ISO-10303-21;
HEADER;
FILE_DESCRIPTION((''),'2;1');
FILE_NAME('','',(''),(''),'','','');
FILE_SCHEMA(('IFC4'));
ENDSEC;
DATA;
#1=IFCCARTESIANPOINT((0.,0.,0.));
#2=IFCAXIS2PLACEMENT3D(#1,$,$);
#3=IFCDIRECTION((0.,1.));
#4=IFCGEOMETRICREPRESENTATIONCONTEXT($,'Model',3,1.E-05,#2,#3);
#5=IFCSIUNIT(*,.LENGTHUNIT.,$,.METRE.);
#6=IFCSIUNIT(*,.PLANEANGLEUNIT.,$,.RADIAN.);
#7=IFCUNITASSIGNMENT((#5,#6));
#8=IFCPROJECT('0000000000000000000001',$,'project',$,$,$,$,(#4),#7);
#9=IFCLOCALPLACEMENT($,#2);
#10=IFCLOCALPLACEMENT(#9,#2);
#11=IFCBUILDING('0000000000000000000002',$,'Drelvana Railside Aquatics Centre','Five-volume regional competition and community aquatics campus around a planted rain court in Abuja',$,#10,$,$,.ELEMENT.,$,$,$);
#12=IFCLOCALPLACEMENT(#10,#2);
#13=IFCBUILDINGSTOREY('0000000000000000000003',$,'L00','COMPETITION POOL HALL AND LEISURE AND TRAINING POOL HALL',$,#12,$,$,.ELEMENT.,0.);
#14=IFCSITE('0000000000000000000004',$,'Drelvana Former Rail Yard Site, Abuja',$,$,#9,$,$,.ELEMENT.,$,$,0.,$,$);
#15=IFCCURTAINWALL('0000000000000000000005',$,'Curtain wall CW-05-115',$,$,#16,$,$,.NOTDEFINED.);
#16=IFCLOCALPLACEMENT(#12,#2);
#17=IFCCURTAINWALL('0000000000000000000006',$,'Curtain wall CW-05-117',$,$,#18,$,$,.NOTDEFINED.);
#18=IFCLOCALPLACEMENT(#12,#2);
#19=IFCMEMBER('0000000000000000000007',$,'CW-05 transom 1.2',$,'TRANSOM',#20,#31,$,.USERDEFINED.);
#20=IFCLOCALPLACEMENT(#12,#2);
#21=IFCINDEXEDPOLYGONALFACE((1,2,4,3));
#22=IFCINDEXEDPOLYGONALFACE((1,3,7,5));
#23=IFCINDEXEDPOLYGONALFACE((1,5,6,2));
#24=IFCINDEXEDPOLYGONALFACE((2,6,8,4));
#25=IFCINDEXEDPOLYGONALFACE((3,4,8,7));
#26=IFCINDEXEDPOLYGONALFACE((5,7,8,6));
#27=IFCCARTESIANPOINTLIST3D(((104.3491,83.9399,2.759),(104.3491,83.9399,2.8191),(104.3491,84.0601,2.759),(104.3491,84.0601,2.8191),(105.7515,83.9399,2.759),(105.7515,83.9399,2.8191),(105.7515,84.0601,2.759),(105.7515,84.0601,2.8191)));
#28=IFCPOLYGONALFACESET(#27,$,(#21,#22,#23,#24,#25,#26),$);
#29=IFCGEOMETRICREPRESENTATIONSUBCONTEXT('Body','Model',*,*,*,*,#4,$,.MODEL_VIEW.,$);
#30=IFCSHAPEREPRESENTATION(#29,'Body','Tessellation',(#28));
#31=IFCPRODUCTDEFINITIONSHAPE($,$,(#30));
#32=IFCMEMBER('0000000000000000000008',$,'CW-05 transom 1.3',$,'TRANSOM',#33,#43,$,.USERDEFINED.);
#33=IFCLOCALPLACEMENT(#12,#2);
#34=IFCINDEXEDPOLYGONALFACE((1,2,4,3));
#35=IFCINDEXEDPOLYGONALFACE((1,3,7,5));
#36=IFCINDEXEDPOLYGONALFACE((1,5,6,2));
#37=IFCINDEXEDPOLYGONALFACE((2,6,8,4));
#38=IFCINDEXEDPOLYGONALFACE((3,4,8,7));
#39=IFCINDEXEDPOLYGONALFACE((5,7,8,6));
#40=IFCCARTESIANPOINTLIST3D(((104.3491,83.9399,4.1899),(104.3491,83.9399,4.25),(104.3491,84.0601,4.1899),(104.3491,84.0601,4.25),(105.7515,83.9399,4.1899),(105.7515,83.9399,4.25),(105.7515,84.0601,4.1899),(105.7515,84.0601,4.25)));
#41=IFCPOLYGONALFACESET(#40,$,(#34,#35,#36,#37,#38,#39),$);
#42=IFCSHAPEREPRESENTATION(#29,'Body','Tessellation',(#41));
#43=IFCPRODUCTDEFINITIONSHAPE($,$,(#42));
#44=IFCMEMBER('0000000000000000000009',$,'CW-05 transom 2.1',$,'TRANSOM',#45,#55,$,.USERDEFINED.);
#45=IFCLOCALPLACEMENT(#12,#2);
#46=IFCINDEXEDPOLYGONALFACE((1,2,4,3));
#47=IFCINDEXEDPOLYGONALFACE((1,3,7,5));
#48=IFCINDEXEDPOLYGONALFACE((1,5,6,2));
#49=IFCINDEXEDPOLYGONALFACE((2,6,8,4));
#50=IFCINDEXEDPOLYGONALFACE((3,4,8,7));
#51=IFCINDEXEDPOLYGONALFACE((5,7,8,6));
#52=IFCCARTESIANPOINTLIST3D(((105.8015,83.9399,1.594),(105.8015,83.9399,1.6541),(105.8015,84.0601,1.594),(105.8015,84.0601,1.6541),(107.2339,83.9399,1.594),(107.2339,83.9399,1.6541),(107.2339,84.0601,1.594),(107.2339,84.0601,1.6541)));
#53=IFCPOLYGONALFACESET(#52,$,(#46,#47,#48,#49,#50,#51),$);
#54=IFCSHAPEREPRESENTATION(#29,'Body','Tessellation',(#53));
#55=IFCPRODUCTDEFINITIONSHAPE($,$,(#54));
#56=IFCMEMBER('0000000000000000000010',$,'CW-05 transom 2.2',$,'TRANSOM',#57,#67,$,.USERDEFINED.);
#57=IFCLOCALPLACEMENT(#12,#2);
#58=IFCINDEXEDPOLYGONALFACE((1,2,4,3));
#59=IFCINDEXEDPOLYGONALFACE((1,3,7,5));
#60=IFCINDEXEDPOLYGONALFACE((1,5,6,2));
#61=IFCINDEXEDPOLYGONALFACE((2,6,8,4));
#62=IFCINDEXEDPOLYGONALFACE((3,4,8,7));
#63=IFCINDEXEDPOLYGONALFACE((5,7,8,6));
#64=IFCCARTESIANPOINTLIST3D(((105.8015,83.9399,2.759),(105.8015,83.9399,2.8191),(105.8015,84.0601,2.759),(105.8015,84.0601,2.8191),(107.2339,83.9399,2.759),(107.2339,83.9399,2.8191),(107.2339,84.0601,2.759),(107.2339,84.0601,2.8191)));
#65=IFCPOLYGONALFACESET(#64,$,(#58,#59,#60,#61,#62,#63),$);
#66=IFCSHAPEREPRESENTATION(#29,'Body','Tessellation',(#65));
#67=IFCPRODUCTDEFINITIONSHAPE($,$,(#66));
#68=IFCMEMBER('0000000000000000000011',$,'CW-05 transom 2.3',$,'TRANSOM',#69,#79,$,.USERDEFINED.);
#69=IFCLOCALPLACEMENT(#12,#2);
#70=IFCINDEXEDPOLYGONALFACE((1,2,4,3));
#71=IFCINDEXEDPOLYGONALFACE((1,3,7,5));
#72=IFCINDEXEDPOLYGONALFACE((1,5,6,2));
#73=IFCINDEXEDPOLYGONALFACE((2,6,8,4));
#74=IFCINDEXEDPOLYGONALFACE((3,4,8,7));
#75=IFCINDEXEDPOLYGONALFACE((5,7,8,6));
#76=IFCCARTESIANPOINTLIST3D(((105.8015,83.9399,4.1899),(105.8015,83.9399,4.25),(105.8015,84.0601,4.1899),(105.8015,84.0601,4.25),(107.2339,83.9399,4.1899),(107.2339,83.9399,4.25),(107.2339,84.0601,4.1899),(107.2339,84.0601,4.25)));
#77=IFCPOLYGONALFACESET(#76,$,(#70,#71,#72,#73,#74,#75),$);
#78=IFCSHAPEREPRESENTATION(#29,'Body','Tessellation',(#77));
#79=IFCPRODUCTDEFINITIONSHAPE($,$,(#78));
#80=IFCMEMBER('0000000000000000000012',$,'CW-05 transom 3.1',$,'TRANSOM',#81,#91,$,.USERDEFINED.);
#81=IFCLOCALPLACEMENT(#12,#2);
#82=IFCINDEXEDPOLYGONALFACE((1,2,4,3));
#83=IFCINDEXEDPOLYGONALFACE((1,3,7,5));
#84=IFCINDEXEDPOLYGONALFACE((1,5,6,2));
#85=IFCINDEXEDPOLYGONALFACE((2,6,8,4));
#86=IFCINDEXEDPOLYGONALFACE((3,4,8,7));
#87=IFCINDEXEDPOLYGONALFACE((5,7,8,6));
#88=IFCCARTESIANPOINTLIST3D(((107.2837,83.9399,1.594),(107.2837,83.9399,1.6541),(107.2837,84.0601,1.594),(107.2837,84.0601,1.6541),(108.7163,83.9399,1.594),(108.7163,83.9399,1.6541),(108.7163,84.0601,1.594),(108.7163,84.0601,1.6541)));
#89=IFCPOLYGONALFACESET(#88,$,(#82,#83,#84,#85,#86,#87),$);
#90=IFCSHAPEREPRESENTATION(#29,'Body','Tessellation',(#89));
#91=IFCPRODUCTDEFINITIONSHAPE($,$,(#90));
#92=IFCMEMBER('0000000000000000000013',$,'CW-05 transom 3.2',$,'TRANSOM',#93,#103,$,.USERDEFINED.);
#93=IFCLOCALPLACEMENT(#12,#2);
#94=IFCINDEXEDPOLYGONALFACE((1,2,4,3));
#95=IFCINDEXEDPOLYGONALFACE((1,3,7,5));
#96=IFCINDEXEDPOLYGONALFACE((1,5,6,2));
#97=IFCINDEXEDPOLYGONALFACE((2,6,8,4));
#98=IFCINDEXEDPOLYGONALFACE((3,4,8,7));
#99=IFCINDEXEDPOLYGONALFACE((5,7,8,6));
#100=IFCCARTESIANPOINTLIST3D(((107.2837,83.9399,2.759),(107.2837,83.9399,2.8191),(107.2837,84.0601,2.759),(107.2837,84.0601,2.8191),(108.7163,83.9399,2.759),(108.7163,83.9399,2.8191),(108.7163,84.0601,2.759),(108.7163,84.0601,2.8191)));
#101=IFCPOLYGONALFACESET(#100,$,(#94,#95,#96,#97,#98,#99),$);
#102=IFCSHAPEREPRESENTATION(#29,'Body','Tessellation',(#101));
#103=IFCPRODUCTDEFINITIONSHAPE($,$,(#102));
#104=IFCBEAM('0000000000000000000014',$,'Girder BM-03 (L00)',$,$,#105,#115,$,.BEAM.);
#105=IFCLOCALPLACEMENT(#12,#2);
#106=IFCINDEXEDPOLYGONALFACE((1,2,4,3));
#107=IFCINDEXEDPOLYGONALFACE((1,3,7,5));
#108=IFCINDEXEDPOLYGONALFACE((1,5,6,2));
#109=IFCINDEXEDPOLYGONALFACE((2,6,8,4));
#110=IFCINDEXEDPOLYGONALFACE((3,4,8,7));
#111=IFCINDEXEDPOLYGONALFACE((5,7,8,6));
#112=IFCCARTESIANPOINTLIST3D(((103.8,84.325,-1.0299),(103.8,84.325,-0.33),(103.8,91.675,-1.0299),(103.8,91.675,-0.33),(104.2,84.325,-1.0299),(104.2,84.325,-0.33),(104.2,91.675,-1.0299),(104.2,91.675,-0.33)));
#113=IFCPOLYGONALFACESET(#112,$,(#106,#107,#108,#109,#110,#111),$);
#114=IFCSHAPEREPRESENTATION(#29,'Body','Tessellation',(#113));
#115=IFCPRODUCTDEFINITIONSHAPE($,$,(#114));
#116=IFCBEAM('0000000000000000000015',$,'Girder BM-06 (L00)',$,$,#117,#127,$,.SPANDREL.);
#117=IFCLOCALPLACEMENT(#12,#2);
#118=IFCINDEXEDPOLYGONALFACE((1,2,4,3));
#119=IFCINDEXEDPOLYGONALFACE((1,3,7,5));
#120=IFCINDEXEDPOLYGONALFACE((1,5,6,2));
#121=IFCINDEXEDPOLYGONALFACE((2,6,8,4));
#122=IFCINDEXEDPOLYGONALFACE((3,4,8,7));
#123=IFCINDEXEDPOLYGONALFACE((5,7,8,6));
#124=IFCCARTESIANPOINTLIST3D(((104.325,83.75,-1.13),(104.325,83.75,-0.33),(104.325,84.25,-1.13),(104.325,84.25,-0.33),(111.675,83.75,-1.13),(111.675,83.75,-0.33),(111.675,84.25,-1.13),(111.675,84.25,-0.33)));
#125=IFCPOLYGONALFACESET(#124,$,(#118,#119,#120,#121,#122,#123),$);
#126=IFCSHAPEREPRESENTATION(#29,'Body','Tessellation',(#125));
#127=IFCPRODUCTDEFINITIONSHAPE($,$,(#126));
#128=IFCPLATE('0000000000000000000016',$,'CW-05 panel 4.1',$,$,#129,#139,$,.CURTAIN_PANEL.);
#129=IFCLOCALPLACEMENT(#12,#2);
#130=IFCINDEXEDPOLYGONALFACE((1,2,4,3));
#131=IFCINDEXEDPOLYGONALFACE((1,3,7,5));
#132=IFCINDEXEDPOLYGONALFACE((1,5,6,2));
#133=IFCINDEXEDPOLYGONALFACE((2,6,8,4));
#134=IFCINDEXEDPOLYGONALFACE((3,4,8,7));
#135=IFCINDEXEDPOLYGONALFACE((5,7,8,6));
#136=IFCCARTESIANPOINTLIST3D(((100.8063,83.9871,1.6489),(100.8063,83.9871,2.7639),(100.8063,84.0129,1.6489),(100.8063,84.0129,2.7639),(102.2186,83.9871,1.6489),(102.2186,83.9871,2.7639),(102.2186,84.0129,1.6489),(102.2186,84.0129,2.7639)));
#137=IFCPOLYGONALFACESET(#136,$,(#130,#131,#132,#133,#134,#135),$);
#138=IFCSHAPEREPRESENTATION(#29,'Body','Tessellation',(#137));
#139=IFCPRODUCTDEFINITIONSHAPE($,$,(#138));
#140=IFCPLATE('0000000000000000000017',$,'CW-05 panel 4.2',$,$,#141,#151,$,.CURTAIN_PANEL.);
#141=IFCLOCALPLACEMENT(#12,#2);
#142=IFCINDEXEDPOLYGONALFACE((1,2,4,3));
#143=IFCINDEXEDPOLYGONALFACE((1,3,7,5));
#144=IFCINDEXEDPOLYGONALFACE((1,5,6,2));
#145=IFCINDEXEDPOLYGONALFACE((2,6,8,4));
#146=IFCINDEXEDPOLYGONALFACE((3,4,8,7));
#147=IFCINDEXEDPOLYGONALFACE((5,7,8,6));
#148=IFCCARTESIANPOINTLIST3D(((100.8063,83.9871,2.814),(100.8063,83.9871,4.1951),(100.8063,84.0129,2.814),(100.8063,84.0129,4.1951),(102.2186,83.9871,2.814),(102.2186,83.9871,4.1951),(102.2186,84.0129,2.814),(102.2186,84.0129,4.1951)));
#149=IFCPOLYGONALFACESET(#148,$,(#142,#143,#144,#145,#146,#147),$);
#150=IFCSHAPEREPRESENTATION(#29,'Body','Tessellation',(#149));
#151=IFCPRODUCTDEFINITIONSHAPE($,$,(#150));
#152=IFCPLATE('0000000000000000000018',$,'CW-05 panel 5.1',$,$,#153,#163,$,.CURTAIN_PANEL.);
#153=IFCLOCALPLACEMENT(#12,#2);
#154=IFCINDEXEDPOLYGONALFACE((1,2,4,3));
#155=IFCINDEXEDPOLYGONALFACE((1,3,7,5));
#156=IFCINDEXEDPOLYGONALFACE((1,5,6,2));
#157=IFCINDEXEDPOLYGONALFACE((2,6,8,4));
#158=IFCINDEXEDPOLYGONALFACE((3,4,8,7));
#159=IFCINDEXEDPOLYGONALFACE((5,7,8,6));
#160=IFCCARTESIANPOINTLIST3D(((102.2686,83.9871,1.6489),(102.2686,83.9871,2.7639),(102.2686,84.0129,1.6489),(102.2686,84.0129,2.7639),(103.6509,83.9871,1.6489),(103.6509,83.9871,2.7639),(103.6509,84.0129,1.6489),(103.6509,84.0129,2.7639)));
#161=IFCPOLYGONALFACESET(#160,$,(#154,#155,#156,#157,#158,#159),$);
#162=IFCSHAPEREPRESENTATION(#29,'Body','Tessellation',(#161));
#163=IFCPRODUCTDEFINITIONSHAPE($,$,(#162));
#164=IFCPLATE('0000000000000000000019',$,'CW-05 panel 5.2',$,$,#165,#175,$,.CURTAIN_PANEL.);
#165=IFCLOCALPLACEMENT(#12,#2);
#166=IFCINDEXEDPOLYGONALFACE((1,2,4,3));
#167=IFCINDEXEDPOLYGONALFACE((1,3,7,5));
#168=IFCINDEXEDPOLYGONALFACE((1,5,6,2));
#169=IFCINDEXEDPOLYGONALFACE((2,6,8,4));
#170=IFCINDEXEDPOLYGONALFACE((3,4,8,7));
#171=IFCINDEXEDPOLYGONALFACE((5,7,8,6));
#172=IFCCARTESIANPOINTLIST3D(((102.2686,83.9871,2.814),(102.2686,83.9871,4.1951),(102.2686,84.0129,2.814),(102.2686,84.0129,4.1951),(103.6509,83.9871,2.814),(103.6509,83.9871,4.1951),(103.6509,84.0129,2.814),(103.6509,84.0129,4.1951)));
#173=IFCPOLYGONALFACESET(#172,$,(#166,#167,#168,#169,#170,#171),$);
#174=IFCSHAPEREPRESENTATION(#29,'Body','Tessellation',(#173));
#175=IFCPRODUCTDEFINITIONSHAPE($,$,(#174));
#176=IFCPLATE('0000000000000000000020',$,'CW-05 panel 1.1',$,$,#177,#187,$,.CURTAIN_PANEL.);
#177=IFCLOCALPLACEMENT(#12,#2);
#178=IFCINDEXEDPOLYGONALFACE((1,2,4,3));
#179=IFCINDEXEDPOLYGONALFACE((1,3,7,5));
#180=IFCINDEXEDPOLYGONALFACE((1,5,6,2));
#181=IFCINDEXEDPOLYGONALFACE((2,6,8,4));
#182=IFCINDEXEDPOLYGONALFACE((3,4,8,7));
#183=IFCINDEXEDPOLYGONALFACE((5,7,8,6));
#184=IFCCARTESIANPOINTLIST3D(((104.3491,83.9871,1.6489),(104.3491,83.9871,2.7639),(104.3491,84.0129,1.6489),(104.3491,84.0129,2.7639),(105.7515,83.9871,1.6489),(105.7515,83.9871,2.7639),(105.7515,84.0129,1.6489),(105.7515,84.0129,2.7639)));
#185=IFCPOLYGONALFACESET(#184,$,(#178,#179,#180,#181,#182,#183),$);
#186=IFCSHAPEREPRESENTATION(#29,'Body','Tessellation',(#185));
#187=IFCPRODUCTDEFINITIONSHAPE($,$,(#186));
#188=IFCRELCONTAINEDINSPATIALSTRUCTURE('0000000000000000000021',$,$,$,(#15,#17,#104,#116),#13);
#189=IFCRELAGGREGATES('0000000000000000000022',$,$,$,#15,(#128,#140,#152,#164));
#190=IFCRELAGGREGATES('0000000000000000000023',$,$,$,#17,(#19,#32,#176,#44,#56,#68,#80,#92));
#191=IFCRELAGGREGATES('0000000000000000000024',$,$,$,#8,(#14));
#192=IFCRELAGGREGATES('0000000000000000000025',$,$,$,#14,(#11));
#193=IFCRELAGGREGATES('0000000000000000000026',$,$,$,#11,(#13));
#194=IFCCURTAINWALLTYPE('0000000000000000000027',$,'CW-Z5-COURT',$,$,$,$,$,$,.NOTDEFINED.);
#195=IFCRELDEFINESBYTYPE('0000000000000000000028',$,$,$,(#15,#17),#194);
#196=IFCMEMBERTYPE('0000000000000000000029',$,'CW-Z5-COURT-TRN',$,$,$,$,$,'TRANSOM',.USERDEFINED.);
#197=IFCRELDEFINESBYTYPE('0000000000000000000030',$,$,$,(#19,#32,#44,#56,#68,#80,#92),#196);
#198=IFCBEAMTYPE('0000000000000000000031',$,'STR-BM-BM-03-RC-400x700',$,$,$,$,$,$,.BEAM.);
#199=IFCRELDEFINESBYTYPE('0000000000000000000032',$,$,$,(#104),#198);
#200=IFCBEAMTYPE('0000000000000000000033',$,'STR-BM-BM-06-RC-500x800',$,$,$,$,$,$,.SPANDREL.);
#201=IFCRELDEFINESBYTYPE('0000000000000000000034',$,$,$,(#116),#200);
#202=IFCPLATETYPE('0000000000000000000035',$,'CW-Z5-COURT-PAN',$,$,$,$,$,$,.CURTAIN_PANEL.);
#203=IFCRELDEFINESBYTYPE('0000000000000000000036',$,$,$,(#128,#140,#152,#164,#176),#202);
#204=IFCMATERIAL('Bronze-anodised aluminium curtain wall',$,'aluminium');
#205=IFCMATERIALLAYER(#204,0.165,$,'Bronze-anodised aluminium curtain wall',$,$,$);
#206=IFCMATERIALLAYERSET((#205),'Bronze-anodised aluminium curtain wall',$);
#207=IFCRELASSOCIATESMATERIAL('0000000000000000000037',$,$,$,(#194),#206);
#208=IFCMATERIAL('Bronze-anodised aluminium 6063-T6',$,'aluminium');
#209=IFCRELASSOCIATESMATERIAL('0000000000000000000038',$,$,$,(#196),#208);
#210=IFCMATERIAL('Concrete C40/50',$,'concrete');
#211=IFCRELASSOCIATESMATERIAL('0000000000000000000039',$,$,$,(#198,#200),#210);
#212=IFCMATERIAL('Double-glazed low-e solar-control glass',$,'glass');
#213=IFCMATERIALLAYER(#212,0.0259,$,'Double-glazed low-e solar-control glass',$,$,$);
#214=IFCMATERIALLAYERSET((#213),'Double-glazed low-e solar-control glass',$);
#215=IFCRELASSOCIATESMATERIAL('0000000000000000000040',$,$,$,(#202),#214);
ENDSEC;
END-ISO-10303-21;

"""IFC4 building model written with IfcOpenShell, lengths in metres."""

from ifc_helpers import new_model, si_unit, direction, frame, origin, origin_2d, place, context, subcontext, project, spatial, rectangle, extrude, material, layer, layer_set, material_profile, profile_set, type_object, element, aggregate, save


model = new_model("IFC4")

# Units and contexts
model_context = context("Model", 3, precision=1e-05, world=origin(), true_north=direction((0.0, 1.0)))
body_context = subcontext(model_context, "Body", "Model", "MODEL_VIEW")
ifc_project = project(units=[si_unit("LENGTHUNIT", "METRE"), si_unit("PLANEANGLEUNIT", "RADIAN")], contexts=[model_context])

# Site, building, storey
site_placement = place(None, origin())
site = spatial("IfcSite", under=ifc_project, at=site_placement, Name="Drelvana Former Rail Yard Site, Abuja", CompositionType="ELEMENT", RefElevation=0.0)
building_placement = place(site_placement, origin())
building = spatial("IfcBuilding", under=site, at=building_placement, Name="Drelvana Railside Aquatics Centre", Description="Five-volume regional competition and community aquatics campus around a planted rain court in Abuja", CompositionType="ELEMENT")
storey_placement = place(building_placement, origin())
storey = spatial("IfcBuildingStorey", under=building, at=storey_placement, Name="L00", Description="COMPETITION POOL HALL AND LEISURE AND TRAINING POOL HALL", CompositionType="ELEMENT", Elevation=0.0)

# Shared definitions
ifc_material_1 = material(Name="Concrete C40/50", Category="concrete")

# Curtain walls
ifc_material_2 = material(Name="Bronze-anodised aluminium curtain wall", Category="aluminium")
ifc_layer_1 = layer(ifc_material_2, 0.165, Name="Bronze-anodised aluminium curtain wall")
ifc_layer_set_1 = layer_set([ifc_layer_1], Name="Bronze-anodised aluminium curtain wall")
curtain_wall_type = type_object("IfcCurtainWallType", Name="CW-Z5-COURT", PredefinedType="NOTDEFINED", material=ifc_layer_set_1)
curtain_wall_1_placement = place(storey_placement, origin())
curtain_wall_1 = element("IfcCurtainWall", 1, at=curtain_wall_1_placement, inside=storey, type_object=curtain_wall_type, Name="Curtain wall CW-05-115", PredefinedType="NOTDEFINED")
ifc_material_3 = material(Name="Bronze-anodised aluminium 6063-T6", Category="aluminium")
curtain_wall_2_placement = place(storey_placement, origin())
curtain_wall_2 = element("IfcCurtainWall", 2, at=curtain_wall_2_placement, inside=storey, type_object=curtain_wall_type, Name="Curtain wall CW-05-117", PredefinedType="NOTDEFINED")

# Members
ifc_material_profile_1 = material_profile(ifc_material_3, rectangle(XDim=0.1201, YDim=0.0601, at=origin_2d()), Name="ALU-T 60x120")
ifc_profile_set_1 = profile_set([ifc_material_profile_1], Name="Bronze-anodised aluminium 6063-T6")
member_type_1 = type_object("IfcMemberType", Name="CW-Z5-COURT-TRN", ElementType="TRANSOM", PredefinedType="USERDEFINED", material=ifc_profile_set_1)
member_1_placement = place(storey_placement, frame((104.3491, 84.0, 2.7891), z_axis=(1.0, 0.0, 0.0), x_axis=(0.0, 1.0, 0.0)))
member_1 = element("IfcMember", 3, at=member_1_placement, type_object=member_type_1, Name="CW-05 transom 1.2", ObjectType="TRANSOM", PredefinedType="USERDEFINED", context=body_context, shape_type="SweptSolid", body=[
    extrude(rectangle(XDim=0.1201, YDim=0.0601, at=origin_2d()), origin(), (0.0, 0.0, 1.0), 1.4023),
])
member_2_placement = place(storey_placement, frame((104.3491, 84.0, 4.22), z_axis=(1.0, 0.0, 0.0), x_axis=(0.0, 1.0, 0.0)))
member_2 = element("IfcMember", 4, at=member_2_placement, type_object=member_type_1, Name="CW-05 transom 1.3", ObjectType="TRANSOM", PredefinedType="USERDEFINED", context=body_context, shape_type="SweptSolid", body=[
    extrude(rectangle(XDim=0.1201, YDim=0.0601, at=origin_2d()), origin(), (0.0, 0.0, 1.0), 1.4023),
])
member_3_placement = place(storey_placement, frame((105.8015, 84.0, 1.624), z_axis=(1.0, 0.0, 0.0), x_axis=(0.0, 1.0, 0.0)))
member_3 = element("IfcMember", 5, at=member_3_placement, type_object=member_type_1, Name="CW-05 transom 2.1", ObjectType="TRANSOM", PredefinedType="USERDEFINED", context=body_context, shape_type="SweptSolid", body=[
    extrude(rectangle(XDim=0.1201, YDim=0.0601, at=origin_2d()), origin(), (0.0, 0.0, 1.0), 1.4324),
])
member_4_placement = place(storey_placement, frame((105.8015, 84.0, 2.7891), z_axis=(1.0, 0.0, 0.0), x_axis=(0.0, 1.0, 0.0)))
member_4 = element("IfcMember", 6, at=member_4_placement, type_object=member_type_1, Name="CW-05 transom 2.2", ObjectType="TRANSOM", PredefinedType="USERDEFINED", context=body_context, shape_type="SweptSolid", body=[
    extrude(rectangle(XDim=0.1201, YDim=0.0601, at=origin_2d()), origin(), (0.0, 0.0, 1.0), 1.4324),
])
member_5_placement = place(storey_placement, frame((105.8015, 84.0, 4.22), z_axis=(1.0, 0.0, 0.0), x_axis=(0.0, 1.0, 0.0)))
member_5 = element("IfcMember", 7, at=member_5_placement, type_object=member_type_1, Name="CW-05 transom 2.3", ObjectType="TRANSOM", PredefinedType="USERDEFINED", context=body_context, shape_type="SweptSolid", body=[
    extrude(rectangle(XDim=0.1201, YDim=0.0601, at=origin_2d()), origin(), (0.0, 0.0, 1.0), 1.4324),
])
member_6_placement = place(storey_placement, frame((107.2837, 84.0, 1.624), z_axis=(1.0, 0.0, 0.0), x_axis=(0.0, 1.0, 0.0)))
member_6 = element("IfcMember", 8, at=member_6_placement, type_object=member_type_1, Name="CW-05 transom 3.1", ObjectType="TRANSOM", PredefinedType="USERDEFINED", context=body_context, shape_type="SweptSolid", body=[
    extrude(rectangle(XDim=0.1201, YDim=0.0601, at=origin_2d()), origin(), (0.0, 0.0, 1.0), 1.4326),
])
member_7_placement = place(storey_placement, frame((107.2837, 84.0, 2.7891), z_axis=(1.0, 0.0, 0.0), x_axis=(0.0, 1.0, 0.0)))
member_7 = element("IfcMember", 9, at=member_7_placement, type_object=member_type_1, Name="CW-05 transom 3.2", ObjectType="TRANSOM", PredefinedType="USERDEFINED", context=body_context, shape_type="SweptSolid", body=[
    extrude(rectangle(XDim=0.1201, YDim=0.0601, at=origin_2d()), origin(), (0.0, 0.0, 1.0), 1.4326),
])

# Beams
ifc_material_profile_2 = material_profile(ifc_material_1, rectangle(XDim=0.3999, YDim=0.7, at=origin_2d()), Name="RC 400x700")
ifc_profile_set_2 = profile_set([ifc_material_profile_2], Name="Concrete C40/50")
beam_type_1 = type_object("IfcBeamType", Name="STR-BM-BM-03-RC-400x700", PredefinedType="BEAM", material=ifc_profile_set_2)
beam_1_placement = place(storey_placement, frame((104.0, 84.325, -0.6799), z_axis=(0.0, 1.0, 0.0), x_axis=(-1.0, 0.0, 0.0)))
element("IfcBeam", 10, at=beam_1_placement, inside=storey, type_object=beam_type_1, Name="Girder BM-03 (L00)", PredefinedType="BEAM", context=body_context, shape_type="SweptSolid", body=[
    extrude(rectangle(XDim=0.3999, YDim=0.7, at=origin_2d()), origin(), (0.0, 0.0, 1.0), 7.3501),
])
ifc_material_profile_3 = material_profile(ifc_material_1, rectangle(XDim=0.5, YDim=0.8, at=origin_2d()), Name="RC 500x800")
ifc_profile_set_3 = profile_set([ifc_material_profile_3], Name="Concrete C40/50")
beam_type_2 = type_object("IfcBeamType", Name="STR-BM-BM-06-RC-500x800", PredefinedType="SPANDREL", material=ifc_profile_set_3)
beam_2_placement = place(storey_placement, frame((104.325, 84.0, -0.73), z_axis=(1.0, 0.0, 0.0), x_axis=(0.0, 1.0, 0.0)))
element("IfcBeam", 11, at=beam_2_placement, inside=storey, type_object=beam_type_2, Name="Girder BM-06 (L00)", PredefinedType="SPANDREL", context=body_context, shape_type="SweptSolid", body=[
    extrude(rectangle(XDim=0.5, YDim=0.8, at=origin_2d()), origin(), (0.0, 0.0, 1.0), 7.3501),
])

# Plates
ifc_material_4 = material(Name="Double-glazed low-e solar-control glass", Category="glass")
ifc_layer_2 = layer(ifc_material_4, 0.0259, Name="Double-glazed low-e solar-control glass")
ifc_layer_set_2 = layer_set([ifc_layer_2], Name="Double-glazed low-e solar-control glass")
plate_type = type_object("IfcPlateType", Name="CW-Z5-COURT-PAN", PredefinedType="CURTAIN_PANEL", material=ifc_layer_set_2)
plate_1_placement = place(storey_placement, frame((101.5125, 84.0, 1.6489), z_axis=(0.0, 0.0, 1.0), x_axis=(1.0, 0.0, 0.0)))
plate_1 = element("IfcPlate", 12, at=plate_1_placement, type_object=plate_type, Name="CW-05 panel 4.1", PredefinedType="CURTAIN_PANEL", context=body_context, shape_type="SweptSolid", body=[
    extrude(rectangle(XDim=1.4124, YDim=0.0259, at=origin_2d()), origin(), (0.0, 0.0, 1.0), 1.115),
])
plate_2_placement = place(storey_placement, frame((101.5125, 84.0, 2.814), z_axis=(0.0, 0.0, 1.0), x_axis=(1.0, 0.0, 0.0)))
plate_2 = element("IfcPlate", 13, at=plate_2_placement, type_object=plate_type, Name="CW-05 panel 4.2", PredefinedType="CURTAIN_PANEL", context=body_context, shape_type="SweptSolid", body=[
    extrude(rectangle(XDim=1.4124, YDim=0.0259, at=origin_2d()), origin(), (0.0, 0.0, 1.0), 1.3811),
])
plate_3_placement = place(storey_placement, frame((102.9597, 84.0, 1.6489), z_axis=(0.0, 0.0, 1.0), x_axis=(1.0, 0.0, 0.0)))
plate_3 = element("IfcPlate", 14, at=plate_3_placement, type_object=plate_type, Name="CW-05 panel 5.1", PredefinedType="CURTAIN_PANEL", context=body_context, shape_type="SweptSolid", body=[
    extrude(rectangle(XDim=1.3823, YDim=0.0259, at=origin_2d()), origin(), (0.0, 0.0, 1.0), 1.115),
])
plate_4_placement = place(storey_placement, frame((102.9597, 84.0, 2.814), z_axis=(0.0, 0.0, 1.0), x_axis=(1.0, 0.0, 0.0)))
plate_4 = element("IfcPlate", 15, at=plate_4_placement, type_object=plate_type, Name="CW-05 panel 5.2", PredefinedType="CURTAIN_PANEL", context=body_context, shape_type="SweptSolid", body=[
    extrude(rectangle(XDim=1.3823, YDim=0.0259, at=origin_2d()), origin(), (0.0, 0.0, 1.0), 1.3811),
])
aggregate(curtain_wall_1, [plate_1, plate_2, plate_3, plate_4])
plate_5_placement = place(storey_placement, frame((105.0503, 84.0, 1.6489), z_axis=(0.0, 0.0, 1.0), x_axis=(1.0, 0.0, 0.0)))
plate_5 = element("IfcPlate", 16, at=plate_5_placement, type_object=plate_type, Name="CW-05 panel 1.1", PredefinedType="CURTAIN_PANEL", context=body_context, shape_type="SweptSolid", body=[
    extrude(rectangle(XDim=1.4023, YDim=0.0259, at=origin_2d()), origin(), (0.0, 0.0, 1.0), 1.115),
])
aggregate(curtain_wall_2, [member_1, member_2, plate_5, member_3, member_4, member_5, member_6, member_7])

save(model, "model.ifc")
